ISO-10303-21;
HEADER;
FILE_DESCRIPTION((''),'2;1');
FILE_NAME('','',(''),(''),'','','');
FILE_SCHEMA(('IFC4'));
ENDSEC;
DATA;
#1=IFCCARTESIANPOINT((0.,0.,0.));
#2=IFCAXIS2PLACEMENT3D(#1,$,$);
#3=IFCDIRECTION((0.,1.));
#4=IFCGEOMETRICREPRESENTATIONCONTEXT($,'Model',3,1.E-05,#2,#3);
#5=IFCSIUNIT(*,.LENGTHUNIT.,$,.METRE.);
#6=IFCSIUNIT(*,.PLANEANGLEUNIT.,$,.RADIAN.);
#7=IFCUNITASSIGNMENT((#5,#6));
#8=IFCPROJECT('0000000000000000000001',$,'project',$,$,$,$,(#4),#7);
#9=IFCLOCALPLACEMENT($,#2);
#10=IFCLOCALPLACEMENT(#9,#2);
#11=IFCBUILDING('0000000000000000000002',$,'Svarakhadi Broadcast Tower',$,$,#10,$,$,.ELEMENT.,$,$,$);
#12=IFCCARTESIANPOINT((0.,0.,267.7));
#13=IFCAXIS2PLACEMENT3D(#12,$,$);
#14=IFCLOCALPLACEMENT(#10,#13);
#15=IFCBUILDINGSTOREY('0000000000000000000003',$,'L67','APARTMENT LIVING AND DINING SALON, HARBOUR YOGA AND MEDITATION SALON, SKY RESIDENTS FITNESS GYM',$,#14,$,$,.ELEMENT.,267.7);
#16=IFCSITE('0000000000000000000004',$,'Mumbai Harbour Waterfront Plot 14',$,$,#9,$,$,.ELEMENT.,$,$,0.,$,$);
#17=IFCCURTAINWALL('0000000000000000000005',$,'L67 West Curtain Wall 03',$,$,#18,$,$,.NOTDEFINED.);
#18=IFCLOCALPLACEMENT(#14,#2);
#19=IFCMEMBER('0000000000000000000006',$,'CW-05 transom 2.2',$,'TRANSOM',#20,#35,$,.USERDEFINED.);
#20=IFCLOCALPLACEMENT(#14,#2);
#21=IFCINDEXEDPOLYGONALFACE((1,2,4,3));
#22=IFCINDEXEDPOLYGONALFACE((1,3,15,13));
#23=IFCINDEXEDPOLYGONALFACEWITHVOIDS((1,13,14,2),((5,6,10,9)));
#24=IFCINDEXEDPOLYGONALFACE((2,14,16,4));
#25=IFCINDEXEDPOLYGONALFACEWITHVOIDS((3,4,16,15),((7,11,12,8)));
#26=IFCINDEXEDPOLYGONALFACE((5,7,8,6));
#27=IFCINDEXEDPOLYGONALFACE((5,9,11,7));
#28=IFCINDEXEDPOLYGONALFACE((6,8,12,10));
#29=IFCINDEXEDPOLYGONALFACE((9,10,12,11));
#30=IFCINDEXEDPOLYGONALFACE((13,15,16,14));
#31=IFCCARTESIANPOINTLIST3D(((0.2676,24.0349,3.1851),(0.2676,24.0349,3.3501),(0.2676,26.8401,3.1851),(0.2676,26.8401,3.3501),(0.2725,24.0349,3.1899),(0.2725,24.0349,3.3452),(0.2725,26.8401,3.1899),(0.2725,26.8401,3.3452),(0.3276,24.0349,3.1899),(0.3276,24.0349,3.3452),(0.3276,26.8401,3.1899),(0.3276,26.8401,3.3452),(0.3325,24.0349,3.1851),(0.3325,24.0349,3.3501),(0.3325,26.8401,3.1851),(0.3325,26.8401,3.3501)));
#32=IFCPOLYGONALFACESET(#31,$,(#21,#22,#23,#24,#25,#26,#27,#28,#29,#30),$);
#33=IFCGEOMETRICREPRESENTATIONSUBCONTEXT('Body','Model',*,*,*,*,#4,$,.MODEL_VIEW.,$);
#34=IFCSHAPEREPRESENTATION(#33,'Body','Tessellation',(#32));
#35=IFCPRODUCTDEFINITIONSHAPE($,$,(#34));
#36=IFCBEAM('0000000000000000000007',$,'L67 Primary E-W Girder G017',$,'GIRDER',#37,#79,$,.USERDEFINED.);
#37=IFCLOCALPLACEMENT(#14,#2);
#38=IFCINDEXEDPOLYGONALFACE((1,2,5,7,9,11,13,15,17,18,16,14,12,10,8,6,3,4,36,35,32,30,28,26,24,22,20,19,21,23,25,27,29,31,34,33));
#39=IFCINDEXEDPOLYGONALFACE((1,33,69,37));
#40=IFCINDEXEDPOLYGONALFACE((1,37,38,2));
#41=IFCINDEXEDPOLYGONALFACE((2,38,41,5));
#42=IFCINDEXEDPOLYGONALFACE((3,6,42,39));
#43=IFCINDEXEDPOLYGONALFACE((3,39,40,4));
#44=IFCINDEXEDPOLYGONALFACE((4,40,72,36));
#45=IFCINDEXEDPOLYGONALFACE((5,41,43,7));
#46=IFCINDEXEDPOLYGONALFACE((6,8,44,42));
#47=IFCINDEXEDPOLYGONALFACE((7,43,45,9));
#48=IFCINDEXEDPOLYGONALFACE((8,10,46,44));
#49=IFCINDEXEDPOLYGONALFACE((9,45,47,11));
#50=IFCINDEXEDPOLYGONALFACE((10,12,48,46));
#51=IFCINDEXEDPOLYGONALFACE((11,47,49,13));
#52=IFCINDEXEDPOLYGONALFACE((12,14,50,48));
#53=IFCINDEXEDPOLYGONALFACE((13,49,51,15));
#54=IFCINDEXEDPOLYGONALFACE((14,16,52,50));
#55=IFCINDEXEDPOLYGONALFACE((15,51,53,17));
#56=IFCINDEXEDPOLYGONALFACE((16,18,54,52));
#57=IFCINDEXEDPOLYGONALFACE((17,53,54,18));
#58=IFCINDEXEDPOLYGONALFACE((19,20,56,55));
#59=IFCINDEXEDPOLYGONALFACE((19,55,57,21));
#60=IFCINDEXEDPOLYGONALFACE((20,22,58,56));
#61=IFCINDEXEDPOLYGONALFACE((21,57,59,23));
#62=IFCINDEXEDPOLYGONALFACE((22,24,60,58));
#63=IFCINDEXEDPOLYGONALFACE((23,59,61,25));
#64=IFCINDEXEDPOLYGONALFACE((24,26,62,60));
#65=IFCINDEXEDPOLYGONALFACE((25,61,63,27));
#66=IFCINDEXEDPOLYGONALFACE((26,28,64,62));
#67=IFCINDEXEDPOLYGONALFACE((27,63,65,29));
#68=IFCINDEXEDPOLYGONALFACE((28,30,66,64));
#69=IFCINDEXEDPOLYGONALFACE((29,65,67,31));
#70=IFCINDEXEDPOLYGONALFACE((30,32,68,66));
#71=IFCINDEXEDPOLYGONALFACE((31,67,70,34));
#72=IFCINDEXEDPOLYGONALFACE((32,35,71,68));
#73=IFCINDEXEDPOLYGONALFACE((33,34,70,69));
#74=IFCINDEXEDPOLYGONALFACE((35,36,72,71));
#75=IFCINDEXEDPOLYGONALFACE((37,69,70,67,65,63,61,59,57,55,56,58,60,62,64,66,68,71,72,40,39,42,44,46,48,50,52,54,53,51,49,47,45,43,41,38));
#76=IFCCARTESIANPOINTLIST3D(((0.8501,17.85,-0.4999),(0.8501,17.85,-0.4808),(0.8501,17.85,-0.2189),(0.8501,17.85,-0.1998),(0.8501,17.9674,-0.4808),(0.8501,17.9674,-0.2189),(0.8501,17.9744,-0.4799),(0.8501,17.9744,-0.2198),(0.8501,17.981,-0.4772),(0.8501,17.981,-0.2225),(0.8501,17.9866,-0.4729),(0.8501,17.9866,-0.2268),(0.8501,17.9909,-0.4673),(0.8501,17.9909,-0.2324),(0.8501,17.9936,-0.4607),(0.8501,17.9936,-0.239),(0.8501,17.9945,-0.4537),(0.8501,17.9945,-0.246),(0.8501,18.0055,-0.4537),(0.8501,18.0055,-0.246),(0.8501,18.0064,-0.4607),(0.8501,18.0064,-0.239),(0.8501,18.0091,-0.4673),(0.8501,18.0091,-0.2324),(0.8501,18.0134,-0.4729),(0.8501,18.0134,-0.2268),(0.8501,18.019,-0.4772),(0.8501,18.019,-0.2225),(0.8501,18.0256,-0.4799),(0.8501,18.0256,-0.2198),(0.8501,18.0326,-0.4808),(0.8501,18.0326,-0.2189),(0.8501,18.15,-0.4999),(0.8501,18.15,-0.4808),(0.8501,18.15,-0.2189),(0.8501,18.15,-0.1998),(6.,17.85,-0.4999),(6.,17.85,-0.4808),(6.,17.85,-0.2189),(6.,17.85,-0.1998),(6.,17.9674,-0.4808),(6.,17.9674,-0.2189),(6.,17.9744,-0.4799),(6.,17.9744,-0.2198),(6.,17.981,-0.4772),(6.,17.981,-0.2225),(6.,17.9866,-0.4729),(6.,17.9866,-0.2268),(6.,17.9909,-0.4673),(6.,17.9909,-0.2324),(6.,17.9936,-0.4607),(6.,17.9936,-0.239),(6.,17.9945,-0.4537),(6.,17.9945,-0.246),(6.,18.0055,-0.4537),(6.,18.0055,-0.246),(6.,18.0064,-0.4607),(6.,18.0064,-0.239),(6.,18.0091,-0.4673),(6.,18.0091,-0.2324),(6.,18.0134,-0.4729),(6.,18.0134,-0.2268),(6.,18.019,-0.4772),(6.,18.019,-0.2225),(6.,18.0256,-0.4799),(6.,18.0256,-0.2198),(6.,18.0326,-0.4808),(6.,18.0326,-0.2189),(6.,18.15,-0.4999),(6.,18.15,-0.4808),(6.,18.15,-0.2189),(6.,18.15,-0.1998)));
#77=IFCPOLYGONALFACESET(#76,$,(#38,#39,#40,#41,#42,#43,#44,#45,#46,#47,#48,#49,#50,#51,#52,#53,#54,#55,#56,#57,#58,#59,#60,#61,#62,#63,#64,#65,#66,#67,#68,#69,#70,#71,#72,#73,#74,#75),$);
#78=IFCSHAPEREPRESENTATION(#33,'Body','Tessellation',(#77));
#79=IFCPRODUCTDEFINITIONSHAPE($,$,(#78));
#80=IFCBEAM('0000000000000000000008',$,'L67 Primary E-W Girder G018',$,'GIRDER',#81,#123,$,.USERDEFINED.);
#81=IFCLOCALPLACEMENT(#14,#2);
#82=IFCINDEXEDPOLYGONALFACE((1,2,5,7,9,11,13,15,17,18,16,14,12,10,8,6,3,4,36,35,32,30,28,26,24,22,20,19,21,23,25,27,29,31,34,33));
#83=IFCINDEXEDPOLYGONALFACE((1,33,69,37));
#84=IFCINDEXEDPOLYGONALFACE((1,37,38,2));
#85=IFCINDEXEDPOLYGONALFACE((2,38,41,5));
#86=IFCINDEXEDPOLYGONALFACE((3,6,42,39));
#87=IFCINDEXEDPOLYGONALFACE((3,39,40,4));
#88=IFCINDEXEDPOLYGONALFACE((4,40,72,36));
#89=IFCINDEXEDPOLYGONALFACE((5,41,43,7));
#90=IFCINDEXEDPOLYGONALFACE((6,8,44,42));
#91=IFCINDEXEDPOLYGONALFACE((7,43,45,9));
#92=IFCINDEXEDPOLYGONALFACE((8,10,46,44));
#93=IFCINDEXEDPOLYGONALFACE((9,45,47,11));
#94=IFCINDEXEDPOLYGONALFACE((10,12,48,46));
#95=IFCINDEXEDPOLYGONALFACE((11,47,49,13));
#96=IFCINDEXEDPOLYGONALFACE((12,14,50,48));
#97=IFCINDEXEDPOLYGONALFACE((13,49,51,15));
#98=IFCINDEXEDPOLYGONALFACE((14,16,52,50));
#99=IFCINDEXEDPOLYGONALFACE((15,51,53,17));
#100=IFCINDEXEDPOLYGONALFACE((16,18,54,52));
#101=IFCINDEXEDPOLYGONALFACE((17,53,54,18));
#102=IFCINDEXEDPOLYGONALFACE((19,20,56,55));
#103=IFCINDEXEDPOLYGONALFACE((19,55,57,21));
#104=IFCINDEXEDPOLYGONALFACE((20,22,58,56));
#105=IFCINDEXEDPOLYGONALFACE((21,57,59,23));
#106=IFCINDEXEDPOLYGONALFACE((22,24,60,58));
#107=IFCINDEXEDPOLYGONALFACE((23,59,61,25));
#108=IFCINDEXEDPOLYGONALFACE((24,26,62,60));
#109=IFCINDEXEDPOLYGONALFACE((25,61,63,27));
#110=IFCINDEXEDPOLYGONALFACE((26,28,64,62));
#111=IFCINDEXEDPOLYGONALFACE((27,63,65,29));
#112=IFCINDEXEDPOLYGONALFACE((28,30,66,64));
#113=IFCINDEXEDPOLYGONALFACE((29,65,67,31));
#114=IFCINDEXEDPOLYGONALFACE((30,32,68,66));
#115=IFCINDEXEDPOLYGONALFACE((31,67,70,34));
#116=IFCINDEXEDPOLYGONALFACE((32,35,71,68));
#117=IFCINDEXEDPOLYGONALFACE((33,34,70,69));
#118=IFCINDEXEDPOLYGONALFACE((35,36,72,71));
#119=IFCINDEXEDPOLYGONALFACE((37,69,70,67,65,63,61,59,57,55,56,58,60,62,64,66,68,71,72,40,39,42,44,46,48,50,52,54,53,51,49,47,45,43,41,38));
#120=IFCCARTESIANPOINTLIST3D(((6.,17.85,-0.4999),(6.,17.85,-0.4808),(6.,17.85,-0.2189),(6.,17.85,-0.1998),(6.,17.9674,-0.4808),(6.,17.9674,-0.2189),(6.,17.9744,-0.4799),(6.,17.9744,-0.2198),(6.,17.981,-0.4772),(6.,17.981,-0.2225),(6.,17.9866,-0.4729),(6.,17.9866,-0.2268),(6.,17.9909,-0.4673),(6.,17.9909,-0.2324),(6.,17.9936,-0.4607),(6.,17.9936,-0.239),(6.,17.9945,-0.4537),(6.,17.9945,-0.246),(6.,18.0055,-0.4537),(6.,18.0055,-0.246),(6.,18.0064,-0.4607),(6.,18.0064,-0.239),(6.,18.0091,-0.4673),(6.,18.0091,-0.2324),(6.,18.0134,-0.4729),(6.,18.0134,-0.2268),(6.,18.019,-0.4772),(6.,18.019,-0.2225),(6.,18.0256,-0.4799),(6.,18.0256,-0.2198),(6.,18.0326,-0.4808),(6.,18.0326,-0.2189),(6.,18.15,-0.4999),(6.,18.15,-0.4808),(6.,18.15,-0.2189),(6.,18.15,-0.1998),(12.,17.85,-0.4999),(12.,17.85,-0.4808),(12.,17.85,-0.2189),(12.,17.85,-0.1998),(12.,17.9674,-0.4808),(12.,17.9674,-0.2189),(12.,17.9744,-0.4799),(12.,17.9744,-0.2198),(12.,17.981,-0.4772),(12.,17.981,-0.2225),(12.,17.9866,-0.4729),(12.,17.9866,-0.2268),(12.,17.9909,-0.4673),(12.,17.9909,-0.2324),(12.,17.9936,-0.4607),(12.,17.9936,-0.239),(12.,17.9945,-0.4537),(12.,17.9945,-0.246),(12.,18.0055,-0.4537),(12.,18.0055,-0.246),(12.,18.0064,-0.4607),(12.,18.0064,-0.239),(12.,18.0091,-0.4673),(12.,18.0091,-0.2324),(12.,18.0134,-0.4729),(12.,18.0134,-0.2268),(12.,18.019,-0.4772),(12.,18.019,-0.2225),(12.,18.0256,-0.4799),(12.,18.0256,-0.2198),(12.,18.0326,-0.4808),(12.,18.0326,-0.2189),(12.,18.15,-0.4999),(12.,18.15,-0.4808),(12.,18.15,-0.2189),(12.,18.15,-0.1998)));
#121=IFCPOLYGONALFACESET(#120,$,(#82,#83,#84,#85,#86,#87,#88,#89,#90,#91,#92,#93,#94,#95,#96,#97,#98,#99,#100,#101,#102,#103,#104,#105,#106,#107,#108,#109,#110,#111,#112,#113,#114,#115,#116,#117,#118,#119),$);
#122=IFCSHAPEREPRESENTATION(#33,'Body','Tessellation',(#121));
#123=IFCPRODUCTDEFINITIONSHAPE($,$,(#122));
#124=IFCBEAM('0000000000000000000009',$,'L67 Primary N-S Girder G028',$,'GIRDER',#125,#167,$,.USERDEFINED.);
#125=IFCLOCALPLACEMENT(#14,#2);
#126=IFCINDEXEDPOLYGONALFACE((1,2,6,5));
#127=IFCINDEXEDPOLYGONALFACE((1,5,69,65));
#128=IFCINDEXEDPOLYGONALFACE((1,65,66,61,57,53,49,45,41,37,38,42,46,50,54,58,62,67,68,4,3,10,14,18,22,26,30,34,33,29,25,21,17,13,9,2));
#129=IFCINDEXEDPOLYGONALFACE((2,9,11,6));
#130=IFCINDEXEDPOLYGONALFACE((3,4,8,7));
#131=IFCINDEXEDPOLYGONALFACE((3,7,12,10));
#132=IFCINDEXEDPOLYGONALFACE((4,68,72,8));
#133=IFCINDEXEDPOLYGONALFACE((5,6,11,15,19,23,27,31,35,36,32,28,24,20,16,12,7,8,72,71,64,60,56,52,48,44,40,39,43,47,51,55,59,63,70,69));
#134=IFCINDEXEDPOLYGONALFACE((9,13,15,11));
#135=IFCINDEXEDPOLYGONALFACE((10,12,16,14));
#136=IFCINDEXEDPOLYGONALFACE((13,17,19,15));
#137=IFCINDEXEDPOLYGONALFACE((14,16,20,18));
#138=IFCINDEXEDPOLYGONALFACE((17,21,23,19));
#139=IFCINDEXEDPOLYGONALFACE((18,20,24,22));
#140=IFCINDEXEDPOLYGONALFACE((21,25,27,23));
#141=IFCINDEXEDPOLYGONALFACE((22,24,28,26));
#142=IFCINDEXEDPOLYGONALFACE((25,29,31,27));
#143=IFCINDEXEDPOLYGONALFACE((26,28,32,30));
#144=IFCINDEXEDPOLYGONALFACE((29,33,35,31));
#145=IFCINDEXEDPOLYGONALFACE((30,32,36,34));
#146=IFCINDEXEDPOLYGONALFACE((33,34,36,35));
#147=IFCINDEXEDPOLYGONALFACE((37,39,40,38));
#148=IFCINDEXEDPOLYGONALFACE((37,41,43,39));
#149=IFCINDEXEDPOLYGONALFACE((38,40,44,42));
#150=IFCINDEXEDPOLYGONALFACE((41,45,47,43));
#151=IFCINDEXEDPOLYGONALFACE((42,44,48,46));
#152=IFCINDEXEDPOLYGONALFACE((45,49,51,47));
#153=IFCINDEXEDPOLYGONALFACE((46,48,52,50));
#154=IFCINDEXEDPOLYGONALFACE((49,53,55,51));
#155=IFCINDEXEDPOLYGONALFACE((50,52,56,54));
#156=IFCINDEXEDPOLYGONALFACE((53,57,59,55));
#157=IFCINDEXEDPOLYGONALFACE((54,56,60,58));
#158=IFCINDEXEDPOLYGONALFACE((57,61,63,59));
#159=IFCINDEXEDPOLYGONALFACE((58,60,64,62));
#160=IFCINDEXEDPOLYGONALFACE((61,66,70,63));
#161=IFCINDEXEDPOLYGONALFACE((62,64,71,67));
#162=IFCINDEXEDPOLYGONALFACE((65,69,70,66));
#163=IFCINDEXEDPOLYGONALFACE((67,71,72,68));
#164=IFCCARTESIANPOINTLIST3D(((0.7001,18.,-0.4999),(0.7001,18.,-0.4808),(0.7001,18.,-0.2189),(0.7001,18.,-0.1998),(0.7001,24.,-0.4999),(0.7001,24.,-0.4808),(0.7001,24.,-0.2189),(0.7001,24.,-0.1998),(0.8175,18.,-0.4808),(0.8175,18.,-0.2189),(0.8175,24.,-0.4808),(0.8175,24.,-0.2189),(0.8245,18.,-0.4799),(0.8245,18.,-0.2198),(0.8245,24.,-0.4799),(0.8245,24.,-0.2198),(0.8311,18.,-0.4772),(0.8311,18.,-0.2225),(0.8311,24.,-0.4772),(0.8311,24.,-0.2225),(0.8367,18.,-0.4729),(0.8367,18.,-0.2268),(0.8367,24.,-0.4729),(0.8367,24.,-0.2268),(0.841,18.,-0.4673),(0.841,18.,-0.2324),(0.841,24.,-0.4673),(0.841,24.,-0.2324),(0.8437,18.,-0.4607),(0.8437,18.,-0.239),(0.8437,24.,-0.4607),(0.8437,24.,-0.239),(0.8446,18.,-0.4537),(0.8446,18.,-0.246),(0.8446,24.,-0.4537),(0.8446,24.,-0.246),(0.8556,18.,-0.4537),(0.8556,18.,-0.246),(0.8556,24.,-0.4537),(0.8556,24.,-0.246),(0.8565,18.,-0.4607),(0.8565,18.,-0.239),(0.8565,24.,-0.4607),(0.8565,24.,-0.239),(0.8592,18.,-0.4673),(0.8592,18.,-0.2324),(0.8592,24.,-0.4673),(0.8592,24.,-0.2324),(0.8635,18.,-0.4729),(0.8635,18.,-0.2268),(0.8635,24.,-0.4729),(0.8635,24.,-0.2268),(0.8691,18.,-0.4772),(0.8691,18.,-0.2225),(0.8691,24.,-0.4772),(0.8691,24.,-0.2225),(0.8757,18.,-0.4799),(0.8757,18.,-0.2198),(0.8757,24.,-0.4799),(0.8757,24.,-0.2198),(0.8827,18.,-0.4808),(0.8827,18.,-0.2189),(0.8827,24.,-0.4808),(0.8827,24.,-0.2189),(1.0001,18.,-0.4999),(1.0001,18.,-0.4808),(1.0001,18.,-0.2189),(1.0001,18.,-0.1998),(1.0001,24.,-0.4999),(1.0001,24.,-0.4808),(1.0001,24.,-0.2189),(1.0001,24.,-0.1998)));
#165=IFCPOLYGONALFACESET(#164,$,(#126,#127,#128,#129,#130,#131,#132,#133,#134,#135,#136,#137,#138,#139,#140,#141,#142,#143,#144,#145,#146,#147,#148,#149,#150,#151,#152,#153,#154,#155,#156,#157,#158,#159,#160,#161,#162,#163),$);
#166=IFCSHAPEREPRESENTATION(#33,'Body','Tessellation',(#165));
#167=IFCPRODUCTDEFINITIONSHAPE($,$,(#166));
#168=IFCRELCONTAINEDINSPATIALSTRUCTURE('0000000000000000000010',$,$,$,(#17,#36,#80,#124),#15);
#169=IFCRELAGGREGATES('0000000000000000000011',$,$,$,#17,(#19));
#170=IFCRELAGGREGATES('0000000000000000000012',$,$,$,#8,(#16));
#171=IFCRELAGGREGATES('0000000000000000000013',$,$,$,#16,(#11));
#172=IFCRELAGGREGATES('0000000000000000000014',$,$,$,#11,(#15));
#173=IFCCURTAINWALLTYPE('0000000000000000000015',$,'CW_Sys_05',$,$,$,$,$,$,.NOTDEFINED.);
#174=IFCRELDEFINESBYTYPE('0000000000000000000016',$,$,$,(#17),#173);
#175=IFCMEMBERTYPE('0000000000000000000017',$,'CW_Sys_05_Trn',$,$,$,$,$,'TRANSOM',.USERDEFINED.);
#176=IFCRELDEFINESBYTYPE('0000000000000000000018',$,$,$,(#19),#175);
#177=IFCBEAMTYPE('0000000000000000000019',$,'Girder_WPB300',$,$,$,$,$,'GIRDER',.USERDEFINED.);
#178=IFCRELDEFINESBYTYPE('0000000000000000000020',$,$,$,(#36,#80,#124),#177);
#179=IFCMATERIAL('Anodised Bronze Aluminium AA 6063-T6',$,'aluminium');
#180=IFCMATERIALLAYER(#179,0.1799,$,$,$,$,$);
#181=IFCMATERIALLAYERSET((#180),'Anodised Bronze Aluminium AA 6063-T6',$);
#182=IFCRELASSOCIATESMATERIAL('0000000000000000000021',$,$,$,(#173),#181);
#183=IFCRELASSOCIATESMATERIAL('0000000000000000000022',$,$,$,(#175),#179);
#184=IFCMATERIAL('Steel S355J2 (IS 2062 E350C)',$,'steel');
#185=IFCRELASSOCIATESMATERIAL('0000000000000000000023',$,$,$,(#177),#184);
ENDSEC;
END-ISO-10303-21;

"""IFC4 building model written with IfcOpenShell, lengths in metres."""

from ifc_helpers import new_model, si_unit, direction, frame, origin, origin_2d, place, context, subcontext, project, spatial, hollow_rectangle, i_section, extrude, material, layer, layer_set, material_profile, profile_set, type_object, element, aggregate, save


model = new_model("IFC4")

# Units and contexts
model_context = context("Model", 3, precision=1e-05, world=origin(), true_north=direction((0.0, 1.0)))
body_context = subcontext(model_context, "Body", "Model", "MODEL_VIEW")
ifc_project = project(units=[si_unit("LENGTHUNIT", "METRE"), si_unit("PLANEANGLEUNIT", "RADIAN")], contexts=[model_context])

# Site, building, storey
site_placement = place(None, origin())
site = spatial("IfcSite", under=ifc_project, at=site_placement, Name="Mumbai Harbour Waterfront Plot 14", CompositionType="ELEMENT", RefElevation=0.0)
building_placement = place(site_placement, origin())
building = spatial("IfcBuilding", under=site, at=building_placement, Name="Svarakhadi Broadcast Tower", CompositionType="ELEMENT")
storey_placement = place(building_placement, frame((0.0, 0.0, 267.7)))
storey = spatial("IfcBuildingStorey", under=building, at=storey_placement, Name="L67", Description="APARTMENT LIVING AND DINING SALON, HARBOUR YOGA AND MEDITATION SALON, SKY RESIDENTS FITNESS GYM", CompositionType="ELEMENT", Elevation=267.7)

# Shared definitions
ifc_material_1 = material(Name="Steel S355J2 (IS 2062 E350C)", Category="steel")

# Curtain wall, member
ifc_material_2 = material(Name="Anodised Bronze Aluminium AA 6063-T6", Category="aluminium")
ifc_layer_1 = layer(ifc_material_2, 0.1799)
ifc_layer_set_1 = layer_set([ifc_layer_1], Name="Anodised Bronze Aluminium AA 6063-T6")
curtain_wall_type = type_object("IfcCurtainWallType", Name="CW_Sys_05", PredefinedType="NOTDEFINED", material=ifc_layer_set_1)
curtain_wall_placement = place(storey_placement, origin())
curtain_wall = element("IfcCurtainWall", 1, at=curtain_wall_placement, inside=storey, type_object=curtain_wall_type, Name="L67 West Curtain Wall 03", PredefinedType="NOTDEFINED")
ifc_material_profile_1 = material_profile(ifc_material_2, hollow_rectangle(XDim=0.0649, YDim=0.165, WallThickness=0.0049, at=origin_2d()), Name="ALU TRANSOM 165x65x5")
ifc_profile_set_1 = profile_set([ifc_material_profile_1], Name="Anodised Bronze Aluminium AA 6063-T6")
member_type_1 = type_object("IfcMemberType", Name="CW_Sys_05_Trn", ElementType="TRANSOM", PredefinedType="USERDEFINED", material=ifc_profile_set_1)
member_1_placement = place(storey_placement, frame((0.3, 24.0349, 3.2676), z_axis=(0.0, 1.0, 0.0), x_axis=(-1.0, 0.0, 0.0)))
member_1 = element("IfcMember", 2, at=member_1_placement, type_object=member_type_1, Name="CW-05 transom 2.2", ObjectType="TRANSOM", PredefinedType="USERDEFINED", context=body_context, shape_type="SweptSolid", body=[
    extrude(hollow_rectangle(XDim=0.0649, YDim=0.165, WallThickness=0.0049, at=origin_2d()), origin(), (0.0, 0.0, 1.0), 2.8052),
])

# Beams
ifc_material_profile_2 = material_profile(ifc_material_1, i_section(OverallWidth=0.3, OverallDepth=0.3, WebThickness=0.011, FlangeThickness=0.019, FilletRadius=0.0271, at=origin_2d()), Name="WPB 300x300x117")
ifc_profile_set_2 = profile_set([ifc_material_profile_2], Name="Steel S355J2 (IS 2062 E350C)")
beam_type_1 = type_object("IfcBeamType", Name="Girder_WPB300", ElementType="GIRDER", PredefinedType="USERDEFINED", material=ifc_profile_set_2)
beam_1_placement = place(storey_placement, frame((0.8501, 18.0, -0.3499), z_axis=(1.0, 0.0, 0.0), x_axis=(0.0, 1.0, 0.0)))
element("IfcBeam", 3, at=beam_1_placement, inside=storey, type_object=beam_type_1, Name="L67 Primary E-W Girder G017", ObjectType="GIRDER", PredefinedType="USERDEFINED", context=body_context, shape_type="SweptSolid", body=[
    extrude(i_section(OverallWidth=0.3, OverallDepth=0.3, WebThickness=0.011, FlangeThickness=0.019, FilletRadius=0.0271, at=origin_2d()), origin(), (0.0, 0.0, 1.0), 5.1499),
])
for number, where, z_axis, x_axis, name in (
    (4, (6.0, 18.0, -0.3499), (1.0, 0.0, 0.0), (0.0, 1.0, 0.0), "L67 Primary E-W Girder G018"),
    (5, (0.8501, 18.0, -0.3499), (0.0, 1.0, 0.0), (-1.0, 0.0, 0.0), "L67 Primary N-S Girder G028"),
):
    element("IfcBeam", number, at=place(storey_placement, frame(where, z_axis=z_axis, x_axis=x_axis)), inside=storey, type_object=beam_type_1, Name=name, ObjectType="GIRDER", PredefinedType="USERDEFINED", context=body_context, shape_type="SweptSolid", body=[
        extrude(i_section(OverallWidth=0.3, OverallDepth=0.3, WebThickness=0.011, FlangeThickness=0.019, FilletRadius=0.0271, at=origin_2d()), origin(), (0.0, 0.0, 1.0), 6.0),
    ])

aggregate(curtain_wall, [member_1])

save(model, "model.ifc")
